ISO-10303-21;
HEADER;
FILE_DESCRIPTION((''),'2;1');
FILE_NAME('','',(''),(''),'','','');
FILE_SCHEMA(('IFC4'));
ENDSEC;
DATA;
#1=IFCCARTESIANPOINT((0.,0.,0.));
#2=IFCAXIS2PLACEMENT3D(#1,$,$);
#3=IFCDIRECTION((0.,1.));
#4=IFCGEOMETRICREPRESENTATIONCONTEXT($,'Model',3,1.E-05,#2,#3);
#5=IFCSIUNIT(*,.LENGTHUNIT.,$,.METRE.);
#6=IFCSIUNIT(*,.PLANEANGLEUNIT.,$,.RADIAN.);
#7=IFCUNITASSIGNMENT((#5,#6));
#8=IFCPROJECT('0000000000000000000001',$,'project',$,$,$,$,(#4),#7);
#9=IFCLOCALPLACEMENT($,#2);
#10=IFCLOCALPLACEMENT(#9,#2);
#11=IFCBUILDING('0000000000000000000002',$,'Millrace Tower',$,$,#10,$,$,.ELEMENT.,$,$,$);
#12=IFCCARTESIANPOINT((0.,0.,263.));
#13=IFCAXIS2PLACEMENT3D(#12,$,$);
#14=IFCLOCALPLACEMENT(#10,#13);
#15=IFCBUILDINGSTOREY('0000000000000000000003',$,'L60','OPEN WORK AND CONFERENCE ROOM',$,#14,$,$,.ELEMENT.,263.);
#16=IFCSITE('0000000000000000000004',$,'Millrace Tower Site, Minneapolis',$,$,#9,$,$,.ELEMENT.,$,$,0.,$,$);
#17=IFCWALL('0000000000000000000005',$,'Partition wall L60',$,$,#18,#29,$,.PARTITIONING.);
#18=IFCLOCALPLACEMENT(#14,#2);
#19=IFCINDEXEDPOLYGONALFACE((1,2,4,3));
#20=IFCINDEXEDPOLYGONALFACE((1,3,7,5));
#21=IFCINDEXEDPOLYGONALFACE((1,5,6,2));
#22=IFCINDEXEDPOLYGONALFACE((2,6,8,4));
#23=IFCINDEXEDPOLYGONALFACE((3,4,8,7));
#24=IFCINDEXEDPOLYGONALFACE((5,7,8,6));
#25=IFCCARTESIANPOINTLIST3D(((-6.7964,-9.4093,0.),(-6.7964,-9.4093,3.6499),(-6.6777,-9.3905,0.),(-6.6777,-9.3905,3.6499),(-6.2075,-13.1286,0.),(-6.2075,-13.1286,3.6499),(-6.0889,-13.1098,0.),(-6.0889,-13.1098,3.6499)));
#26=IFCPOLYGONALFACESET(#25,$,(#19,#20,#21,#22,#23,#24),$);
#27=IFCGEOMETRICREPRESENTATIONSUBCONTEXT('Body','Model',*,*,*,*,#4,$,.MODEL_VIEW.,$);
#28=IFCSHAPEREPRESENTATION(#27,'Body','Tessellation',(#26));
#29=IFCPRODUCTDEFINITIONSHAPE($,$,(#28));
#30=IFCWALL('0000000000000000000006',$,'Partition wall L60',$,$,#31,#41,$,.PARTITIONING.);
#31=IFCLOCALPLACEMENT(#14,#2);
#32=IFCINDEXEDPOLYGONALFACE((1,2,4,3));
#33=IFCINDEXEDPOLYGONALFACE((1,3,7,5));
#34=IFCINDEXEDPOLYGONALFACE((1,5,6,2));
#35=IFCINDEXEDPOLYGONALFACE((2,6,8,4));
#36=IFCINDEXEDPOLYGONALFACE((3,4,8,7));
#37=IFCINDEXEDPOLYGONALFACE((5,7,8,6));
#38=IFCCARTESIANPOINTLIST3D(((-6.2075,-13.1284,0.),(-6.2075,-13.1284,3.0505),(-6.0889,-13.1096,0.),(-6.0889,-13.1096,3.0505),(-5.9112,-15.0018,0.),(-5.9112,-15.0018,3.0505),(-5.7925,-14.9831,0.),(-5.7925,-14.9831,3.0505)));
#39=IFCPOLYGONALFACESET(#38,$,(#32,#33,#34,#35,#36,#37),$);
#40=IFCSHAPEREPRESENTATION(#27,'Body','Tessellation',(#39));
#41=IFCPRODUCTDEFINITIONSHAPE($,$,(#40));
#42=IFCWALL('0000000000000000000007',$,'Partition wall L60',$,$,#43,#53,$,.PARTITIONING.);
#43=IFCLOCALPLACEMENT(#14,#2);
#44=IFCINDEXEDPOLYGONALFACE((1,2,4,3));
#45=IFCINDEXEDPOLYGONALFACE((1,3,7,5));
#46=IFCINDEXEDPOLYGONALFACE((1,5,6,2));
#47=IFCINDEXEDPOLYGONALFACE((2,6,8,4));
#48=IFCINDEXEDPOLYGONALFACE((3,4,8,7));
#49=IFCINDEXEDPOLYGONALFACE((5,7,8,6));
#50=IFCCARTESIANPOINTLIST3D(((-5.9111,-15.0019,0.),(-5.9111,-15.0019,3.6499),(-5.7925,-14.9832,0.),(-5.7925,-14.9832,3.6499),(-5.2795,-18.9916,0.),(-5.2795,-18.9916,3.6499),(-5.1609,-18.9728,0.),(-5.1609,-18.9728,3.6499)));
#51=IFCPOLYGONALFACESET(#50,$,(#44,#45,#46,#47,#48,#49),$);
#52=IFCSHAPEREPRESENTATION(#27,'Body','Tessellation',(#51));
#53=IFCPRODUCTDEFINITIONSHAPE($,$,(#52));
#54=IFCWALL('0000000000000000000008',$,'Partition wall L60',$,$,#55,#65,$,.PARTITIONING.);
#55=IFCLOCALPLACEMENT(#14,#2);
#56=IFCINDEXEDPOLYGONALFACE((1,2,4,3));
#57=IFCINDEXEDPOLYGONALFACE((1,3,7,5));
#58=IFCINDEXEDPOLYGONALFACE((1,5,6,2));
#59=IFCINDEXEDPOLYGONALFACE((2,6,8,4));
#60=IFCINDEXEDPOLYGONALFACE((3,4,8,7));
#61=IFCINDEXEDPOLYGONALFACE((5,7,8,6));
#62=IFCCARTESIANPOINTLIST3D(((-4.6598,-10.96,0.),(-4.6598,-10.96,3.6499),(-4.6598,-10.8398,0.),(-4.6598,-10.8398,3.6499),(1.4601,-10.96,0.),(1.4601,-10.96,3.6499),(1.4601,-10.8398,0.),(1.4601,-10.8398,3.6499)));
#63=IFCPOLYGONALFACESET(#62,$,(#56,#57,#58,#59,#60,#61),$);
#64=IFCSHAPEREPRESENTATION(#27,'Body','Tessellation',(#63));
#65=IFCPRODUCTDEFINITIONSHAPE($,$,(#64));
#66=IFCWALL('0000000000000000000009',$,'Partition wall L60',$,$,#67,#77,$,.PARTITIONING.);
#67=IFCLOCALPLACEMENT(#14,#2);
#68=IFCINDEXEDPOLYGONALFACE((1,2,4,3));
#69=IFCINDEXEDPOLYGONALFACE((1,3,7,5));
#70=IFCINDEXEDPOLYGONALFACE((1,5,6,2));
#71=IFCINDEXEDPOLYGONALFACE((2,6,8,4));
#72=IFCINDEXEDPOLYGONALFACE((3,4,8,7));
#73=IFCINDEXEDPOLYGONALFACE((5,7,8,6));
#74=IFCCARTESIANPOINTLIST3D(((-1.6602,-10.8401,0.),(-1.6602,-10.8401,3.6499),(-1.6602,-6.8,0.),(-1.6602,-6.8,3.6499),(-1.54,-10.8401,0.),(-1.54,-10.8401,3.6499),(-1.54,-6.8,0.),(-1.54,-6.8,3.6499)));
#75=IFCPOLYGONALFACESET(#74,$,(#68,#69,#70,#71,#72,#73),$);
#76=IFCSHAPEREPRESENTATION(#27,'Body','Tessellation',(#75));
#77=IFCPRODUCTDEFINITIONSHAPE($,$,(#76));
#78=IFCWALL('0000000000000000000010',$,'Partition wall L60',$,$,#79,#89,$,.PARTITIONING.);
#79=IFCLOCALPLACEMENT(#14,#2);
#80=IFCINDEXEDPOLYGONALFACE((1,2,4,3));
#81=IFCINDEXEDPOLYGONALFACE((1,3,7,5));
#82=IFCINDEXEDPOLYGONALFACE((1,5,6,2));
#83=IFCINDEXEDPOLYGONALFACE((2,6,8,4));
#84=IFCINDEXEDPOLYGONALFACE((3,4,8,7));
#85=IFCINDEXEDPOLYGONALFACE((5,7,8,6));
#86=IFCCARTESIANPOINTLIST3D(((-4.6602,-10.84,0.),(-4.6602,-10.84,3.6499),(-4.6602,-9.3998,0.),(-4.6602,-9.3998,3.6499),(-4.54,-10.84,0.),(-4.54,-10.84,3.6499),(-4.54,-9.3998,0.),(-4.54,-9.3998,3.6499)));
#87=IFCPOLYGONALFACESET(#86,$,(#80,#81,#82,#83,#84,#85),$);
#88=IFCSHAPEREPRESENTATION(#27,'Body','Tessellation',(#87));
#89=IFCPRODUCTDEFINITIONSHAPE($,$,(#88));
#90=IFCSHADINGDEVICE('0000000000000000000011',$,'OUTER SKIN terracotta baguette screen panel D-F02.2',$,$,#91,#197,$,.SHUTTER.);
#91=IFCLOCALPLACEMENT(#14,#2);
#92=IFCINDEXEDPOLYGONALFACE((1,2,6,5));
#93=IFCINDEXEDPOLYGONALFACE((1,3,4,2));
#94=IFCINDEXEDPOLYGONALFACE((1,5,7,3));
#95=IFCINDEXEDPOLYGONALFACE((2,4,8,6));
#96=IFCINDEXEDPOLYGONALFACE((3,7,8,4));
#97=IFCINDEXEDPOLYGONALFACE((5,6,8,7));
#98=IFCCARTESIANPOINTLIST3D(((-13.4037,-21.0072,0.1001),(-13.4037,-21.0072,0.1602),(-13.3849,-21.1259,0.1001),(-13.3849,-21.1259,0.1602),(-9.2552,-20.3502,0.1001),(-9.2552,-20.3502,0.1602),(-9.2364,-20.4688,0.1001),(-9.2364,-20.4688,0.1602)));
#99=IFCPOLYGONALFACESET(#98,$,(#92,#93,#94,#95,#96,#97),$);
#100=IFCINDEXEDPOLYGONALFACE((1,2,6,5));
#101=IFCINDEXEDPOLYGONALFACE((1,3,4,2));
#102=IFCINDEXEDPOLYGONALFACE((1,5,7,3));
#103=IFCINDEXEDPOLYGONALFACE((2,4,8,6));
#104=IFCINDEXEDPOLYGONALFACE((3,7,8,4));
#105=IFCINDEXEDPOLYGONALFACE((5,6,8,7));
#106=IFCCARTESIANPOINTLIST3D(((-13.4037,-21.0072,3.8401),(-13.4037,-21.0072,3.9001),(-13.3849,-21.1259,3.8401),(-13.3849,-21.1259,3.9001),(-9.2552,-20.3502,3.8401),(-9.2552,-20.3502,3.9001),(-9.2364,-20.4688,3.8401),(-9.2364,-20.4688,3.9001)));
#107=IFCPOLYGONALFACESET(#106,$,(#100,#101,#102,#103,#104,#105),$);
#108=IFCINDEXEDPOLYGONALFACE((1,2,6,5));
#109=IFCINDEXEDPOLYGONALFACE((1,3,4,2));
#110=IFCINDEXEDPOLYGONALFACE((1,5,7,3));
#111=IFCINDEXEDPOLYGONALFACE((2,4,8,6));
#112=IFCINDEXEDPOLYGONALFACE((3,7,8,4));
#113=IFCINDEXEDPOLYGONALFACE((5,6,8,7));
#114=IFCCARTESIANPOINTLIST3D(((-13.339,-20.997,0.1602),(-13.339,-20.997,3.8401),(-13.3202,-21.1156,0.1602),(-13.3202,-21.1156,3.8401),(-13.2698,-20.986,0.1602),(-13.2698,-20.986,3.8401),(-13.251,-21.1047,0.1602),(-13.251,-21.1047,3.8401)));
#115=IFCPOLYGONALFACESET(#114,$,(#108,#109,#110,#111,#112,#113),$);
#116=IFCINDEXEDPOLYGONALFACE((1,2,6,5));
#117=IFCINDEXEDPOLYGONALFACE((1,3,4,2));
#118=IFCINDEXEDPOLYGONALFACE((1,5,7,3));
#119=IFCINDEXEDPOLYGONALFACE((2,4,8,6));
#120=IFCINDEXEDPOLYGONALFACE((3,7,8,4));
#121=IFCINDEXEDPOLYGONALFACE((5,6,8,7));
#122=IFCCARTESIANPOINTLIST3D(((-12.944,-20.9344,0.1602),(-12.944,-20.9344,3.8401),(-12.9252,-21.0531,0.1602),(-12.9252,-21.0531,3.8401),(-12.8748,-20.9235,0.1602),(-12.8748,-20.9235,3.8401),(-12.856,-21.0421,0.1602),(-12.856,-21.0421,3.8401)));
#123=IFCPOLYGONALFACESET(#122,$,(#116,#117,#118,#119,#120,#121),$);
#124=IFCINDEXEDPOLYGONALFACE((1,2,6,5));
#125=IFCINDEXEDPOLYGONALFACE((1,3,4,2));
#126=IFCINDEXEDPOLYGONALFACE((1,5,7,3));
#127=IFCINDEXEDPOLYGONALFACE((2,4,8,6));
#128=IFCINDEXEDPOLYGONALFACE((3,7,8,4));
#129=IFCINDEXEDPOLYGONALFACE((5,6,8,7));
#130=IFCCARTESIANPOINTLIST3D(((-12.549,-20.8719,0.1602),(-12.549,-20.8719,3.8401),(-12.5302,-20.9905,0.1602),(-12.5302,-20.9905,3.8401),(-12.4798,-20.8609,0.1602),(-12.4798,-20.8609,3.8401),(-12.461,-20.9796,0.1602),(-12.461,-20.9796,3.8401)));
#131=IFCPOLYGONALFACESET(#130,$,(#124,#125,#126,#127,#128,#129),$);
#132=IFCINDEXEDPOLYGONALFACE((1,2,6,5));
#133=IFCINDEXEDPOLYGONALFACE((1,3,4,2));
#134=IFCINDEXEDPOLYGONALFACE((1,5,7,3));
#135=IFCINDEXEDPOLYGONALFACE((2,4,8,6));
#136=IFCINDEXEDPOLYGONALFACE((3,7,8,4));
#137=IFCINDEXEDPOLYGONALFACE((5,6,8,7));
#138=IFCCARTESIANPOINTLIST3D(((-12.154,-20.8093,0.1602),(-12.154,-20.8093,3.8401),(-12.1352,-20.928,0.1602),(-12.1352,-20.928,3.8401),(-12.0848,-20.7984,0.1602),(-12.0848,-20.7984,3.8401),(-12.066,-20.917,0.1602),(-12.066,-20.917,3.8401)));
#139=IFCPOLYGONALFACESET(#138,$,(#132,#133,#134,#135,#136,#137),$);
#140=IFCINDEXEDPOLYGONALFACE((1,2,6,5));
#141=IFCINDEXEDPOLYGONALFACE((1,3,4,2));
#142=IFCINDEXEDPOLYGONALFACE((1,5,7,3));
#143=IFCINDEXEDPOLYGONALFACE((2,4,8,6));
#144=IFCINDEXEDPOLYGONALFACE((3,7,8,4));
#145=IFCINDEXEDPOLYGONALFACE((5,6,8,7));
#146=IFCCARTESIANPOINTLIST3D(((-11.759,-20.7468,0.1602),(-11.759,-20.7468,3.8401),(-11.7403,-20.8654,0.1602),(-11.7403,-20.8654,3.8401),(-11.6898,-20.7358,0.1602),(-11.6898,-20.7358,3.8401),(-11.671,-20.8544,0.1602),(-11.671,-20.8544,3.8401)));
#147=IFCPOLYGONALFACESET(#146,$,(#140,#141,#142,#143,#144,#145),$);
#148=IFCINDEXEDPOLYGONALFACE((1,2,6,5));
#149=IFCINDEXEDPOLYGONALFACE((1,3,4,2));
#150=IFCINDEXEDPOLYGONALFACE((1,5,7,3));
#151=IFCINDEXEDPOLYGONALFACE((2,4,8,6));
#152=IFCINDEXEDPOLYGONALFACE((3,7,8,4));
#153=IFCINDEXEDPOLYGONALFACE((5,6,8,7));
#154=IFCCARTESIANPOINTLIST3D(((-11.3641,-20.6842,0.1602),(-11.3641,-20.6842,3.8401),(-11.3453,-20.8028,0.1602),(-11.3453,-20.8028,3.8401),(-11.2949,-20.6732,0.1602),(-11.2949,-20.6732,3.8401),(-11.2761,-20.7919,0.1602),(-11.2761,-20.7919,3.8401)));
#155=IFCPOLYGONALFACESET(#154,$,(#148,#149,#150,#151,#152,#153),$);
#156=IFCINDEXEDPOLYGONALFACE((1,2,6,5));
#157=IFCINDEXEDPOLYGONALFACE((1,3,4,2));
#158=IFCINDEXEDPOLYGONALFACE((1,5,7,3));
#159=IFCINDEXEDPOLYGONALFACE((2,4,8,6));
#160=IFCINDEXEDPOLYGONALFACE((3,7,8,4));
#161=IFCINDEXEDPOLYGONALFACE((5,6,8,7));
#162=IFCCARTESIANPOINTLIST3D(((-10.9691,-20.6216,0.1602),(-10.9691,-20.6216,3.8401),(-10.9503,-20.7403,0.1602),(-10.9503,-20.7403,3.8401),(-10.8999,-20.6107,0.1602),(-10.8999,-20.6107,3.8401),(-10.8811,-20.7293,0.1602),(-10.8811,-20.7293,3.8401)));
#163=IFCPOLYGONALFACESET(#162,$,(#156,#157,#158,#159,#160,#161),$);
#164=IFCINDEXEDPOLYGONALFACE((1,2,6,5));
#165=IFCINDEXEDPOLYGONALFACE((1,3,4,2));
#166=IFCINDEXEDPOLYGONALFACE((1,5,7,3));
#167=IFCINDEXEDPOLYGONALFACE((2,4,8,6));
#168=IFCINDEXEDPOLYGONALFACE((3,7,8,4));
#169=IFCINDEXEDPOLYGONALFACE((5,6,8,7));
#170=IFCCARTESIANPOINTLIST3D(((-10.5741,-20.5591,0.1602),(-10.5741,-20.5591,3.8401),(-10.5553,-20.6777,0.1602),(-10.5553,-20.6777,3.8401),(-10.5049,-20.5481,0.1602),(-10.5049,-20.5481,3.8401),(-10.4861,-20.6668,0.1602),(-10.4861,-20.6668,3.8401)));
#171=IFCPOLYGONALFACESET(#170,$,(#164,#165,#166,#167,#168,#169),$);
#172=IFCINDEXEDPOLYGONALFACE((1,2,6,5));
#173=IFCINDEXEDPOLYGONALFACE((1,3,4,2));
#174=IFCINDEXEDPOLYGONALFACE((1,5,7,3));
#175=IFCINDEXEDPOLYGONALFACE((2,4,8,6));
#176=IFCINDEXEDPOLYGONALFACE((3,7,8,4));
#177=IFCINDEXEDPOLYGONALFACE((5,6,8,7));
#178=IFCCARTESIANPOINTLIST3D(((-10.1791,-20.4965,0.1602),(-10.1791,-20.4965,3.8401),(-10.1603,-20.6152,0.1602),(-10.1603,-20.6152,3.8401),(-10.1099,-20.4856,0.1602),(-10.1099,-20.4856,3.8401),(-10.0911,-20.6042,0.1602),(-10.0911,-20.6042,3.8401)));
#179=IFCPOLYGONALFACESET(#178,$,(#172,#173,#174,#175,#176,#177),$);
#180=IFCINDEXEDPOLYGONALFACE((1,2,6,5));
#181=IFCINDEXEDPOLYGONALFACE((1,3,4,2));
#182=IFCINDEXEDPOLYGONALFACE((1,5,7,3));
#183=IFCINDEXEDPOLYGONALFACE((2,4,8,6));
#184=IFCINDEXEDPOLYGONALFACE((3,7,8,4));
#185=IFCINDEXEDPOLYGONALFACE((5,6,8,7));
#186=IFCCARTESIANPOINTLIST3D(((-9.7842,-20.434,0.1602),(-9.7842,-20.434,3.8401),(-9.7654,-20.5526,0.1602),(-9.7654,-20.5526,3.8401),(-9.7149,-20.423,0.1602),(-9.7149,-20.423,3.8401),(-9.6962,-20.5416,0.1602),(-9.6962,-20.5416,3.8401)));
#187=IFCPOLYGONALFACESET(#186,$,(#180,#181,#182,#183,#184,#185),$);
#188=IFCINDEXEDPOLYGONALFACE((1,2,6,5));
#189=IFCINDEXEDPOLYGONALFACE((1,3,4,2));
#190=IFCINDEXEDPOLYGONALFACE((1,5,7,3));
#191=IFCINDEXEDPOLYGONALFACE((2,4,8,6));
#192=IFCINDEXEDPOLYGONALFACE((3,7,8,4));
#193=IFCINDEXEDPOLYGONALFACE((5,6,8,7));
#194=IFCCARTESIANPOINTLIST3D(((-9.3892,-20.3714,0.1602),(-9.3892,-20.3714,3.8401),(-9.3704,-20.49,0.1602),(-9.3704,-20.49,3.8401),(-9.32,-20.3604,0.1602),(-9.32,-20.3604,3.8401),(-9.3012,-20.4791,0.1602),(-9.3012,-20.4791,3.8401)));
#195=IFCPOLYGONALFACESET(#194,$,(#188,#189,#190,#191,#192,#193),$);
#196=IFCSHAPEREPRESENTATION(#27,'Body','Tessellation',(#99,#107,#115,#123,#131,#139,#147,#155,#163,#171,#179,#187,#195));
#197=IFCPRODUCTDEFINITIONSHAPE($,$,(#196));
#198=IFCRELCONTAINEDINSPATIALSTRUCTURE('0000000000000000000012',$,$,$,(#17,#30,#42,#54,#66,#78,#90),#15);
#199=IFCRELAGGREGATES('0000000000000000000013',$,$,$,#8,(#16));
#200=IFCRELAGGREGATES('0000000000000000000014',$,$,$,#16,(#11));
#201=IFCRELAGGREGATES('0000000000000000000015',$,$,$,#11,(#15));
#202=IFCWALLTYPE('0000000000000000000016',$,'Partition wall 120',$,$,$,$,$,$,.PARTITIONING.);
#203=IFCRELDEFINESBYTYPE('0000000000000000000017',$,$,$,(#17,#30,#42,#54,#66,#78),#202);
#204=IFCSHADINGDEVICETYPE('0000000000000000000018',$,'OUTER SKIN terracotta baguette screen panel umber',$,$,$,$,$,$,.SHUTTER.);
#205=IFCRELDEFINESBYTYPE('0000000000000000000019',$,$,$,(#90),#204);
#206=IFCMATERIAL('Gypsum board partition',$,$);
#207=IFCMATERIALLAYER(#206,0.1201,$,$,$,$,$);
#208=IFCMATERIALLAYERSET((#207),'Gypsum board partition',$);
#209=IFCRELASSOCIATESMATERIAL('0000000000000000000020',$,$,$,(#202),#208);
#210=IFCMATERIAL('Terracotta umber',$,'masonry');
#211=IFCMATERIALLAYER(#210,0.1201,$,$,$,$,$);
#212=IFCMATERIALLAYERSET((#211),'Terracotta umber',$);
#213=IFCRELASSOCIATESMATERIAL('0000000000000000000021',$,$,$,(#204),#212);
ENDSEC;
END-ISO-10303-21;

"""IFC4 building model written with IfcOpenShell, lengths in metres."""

from ifc_helpers import new_model, entity, si_unit, direction, frame, frame_2d, origin, origin_2d, place, context, subcontext, project, spatial, rectangle, extrude, source, transform, mapped, material, layer, layer_set, type_object, element, save


model = new_model("IFC4")

# Units and contexts
model_context = context("Model", 3, precision=1e-05, world=origin(), true_north=direction((0.0, 1.0)))
body_context = subcontext(model_context, "Body", "Model", "MODEL_VIEW")
ifc_project = project(units=[si_unit("LENGTHUNIT", "METRE"), si_unit("PLANEANGLEUNIT", "RADIAN")], contexts=[model_context])

# Site, building, storey
site_placement = place(None, origin())
site = spatial("IfcSite", under=ifc_project, at=site_placement, Name="Millrace Tower Site, Minneapolis", CompositionType="ELEMENT", RefElevation=0.0)
building_placement = place(site_placement, origin())
building = spatial("IfcBuilding", under=site, at=building_placement, Name="Millrace Tower", CompositionType="ELEMENT")
storey_placement = place(building_placement, frame((0.0, 0.0, 263.0)))
storey = spatial("IfcBuildingStorey", under=building, at=storey_placement, Name="L60", Description="OPEN WORK AND CONFERENCE ROOM", CompositionType="ELEMENT", Elevation=263.0)

# Walls
ifc_material_1 = material(Name="Gypsum board partition")
ifc_layer_1 = layer(ifc_material_1, 0.1201)
ifc_layer_set_1 = layer_set([ifc_layer_1], Name="Gypsum board partition")
wall_type_1 = type_object("IfcWallType", Name="Partition wall 120", PredefinedType="PARTITIONING", material=ifc_layer_set_1)
wall_1_placement = place(storey_placement, frame((-6.7371, -9.3999, 0.0), z_axis=(0.0, 0.0, 1.0), x_axis=(0.156382, -0.987697, 0.0)))
element("IfcWall", 1, at=wall_1_placement, inside=storey, type_object=wall_type_1, Name="Partition wall L60", PredefinedType="PARTITIONING", context=body_context, shape_type="SweptSolid", body=[
    extrude(rectangle(XDim=3.7656, YDim=0.1201, at=frame_2d((1.8828, 0.0))), origin(), (0.0, 0.0, 1.0), 3.6499),
])
wall_2_placement = place(storey_placement, frame((-6.1482, -13.1191, 0.0), z_axis=(0.0, 0.0, 1.0), x_axis=(0.156253, -0.987717, 0.0)))
element("IfcWall", 2, at=wall_2_placement, inside=storey, type_object=wall_type_1, Name="Partition wall L60", PredefinedType="PARTITIONING", context=body_context, shape_type="SweptSolid", body=[
    extrude(rectangle(XDim=1.8967, YDim=0.1201, at=frame_2d((0.9482, 0.0))), origin(), (0.0, 0.0, 1.0), 3.0505),
])
wall_3_placement = place(storey_placement, frame((-5.8518, -14.9927, 0.0), z_axis=(0.0, 0.0, 1.0), x_axis=(0.156366, -0.987699, 0.0)))
element("IfcWall", 3, at=wall_3_placement, inside=storey, type_object=wall_type_1, Name="Partition wall L60", PredefinedType="PARTITIONING", context=body_context, shape_type="SweptSolid", body=[
    extrude(rectangle(XDim=4.0393, YDim=0.1201, at=frame_2d((2.0195, 0.0))), origin(), (0.0, 0.0, 1.0), 3.6499),
])
wall_4_placement = place(storey_placement, frame((-4.6599, -10.8999, 0.0), z_axis=(0.0, 0.0, 1.0), x_axis=(1.0, 0.0, 0.0)))
element("IfcWall", 4, at=wall_4_placement, inside=storey, type_object=wall_type_1, Name="Partition wall L60", PredefinedType="PARTITIONING", context=body_context, shape_type="SweptSolid", body=[
    extrude(rectangle(XDim=6.1199, YDim=0.1201, at=frame_2d((3.0601, 0.0))), origin(), (0.0, 0.0, 1.0), 3.6499),
])
wall_5_placement = place(storey_placement, frame((-1.6001, -10.8401, 0.0), z_axis=(0.0, 0.0, 1.0), x_axis=(0.0, 1.0, 0.0)))
element("IfcWall", 5, at=wall_5_placement, inside=storey, type_object=wall_type_1, Name="Partition wall L60", PredefinedType="PARTITIONING", context=body_context, shape_type="SweptSolid", body=[
    extrude(rectangle(XDim=4.04, YDim=0.1201, at=frame_2d((2.02, 0.0))), origin(), (0.0, 0.0, 1.0), 3.6499),
])
wall_6_placement = place(storey_placement, frame((-4.6001, -10.8401, 0.0), z_axis=(0.0, 0.0, 1.0), x_axis=(0.0, 1.0, 0.0)))
element("IfcWall", 6, at=wall_6_placement, inside=storey, type_object=wall_type_1, Name="Partition wall L60", PredefinedType="PARTITIONING", context=body_context, shape_type="SweptSolid", body=[
    extrude(rectangle(XDim=1.4402, YDim=0.1201, at=frame_2d((0.7202, 0.0))), origin(), (0.0, 0.0, 1.0), 3.6499),
])

# Shading device
ifc_material_2 = material(Name="Terracotta umber", Category="masonry")
ifc_layer_2 = layer(ifc_material_2, 0.1201)
ifc_layer_set_2 = layer_set([ifc_layer_2], Name="Terracotta umber")
shading_device_type = type_object("IfcShadingDeviceType", Name="OUTER SKIN terracotta baguette screen panel umber", PredefinedType="SHUTTER", material=ifc_layer_set_2)
cartesian_point = entity("IfcCartesianPoint", [-2.1001, 0.0601])
shared_polyline = entity("IfcPolyline", [cartesian_point, entity("IfcCartesianPoint", [2.1001, 0.0601]), entity("IfcCartesianPoint", [2.1001, -0.0601]), entity("IfcCartesianPoint", [-2.1001, -0.0601]), cartesian_point])
shared_shape = source(origin(), body_context, "Body", "SweptSolid", [
    entity("IfcExtrudedAreaSolid", entity("IfcArbitraryClosedProfileDef", "AREA", None, shared_polyline), entity("IfcAxis2Placement3D", entity("IfcCartesianPoint", [0.0, 0.0, 0.0])), entity("IfcDirection", [0.0, 0.0, 1.0]), 0.0601),
    entity("IfcExtrudedAreaSolid", entity("IfcArbitraryClosedProfileDef", "AREA", None, shared_polyline), entity("IfcAxis2Placement3D", entity("IfcCartesianPoint", [0.0, 0.0, 3.74])), entity("IfcDirection", [0.0, 0.0, 1.0]), 0.0601),
    extrude(rectangle(XDim=0.0701, YDim=0.1201, at=frame_2d((-1.9995, 0.0))), frame((0.0, 0.0, 0.0601)), (0.0, 0.0, 1.0), 3.6799),
    extrude(rectangle(XDim=0.0701, YDim=0.1201, at=frame_2d((-1.5996, 0.0))), frame((0.0, 0.0, 0.0601)), (0.0, 0.0, 1.0), 3.6799),
    extrude(rectangle(XDim=0.0701, YDim=0.1201, at=frame_2d((-1.1997, 0.0))), frame((0.0, 0.0, 0.0601)), (0.0, 0.0, 1.0), 3.6799),
    extrude(rectangle(XDim=0.0701, YDim=0.1201, at=frame_2d((-0.7998, 0.0))), frame((0.0, 0.0, 0.0601)), (0.0, 0.0, 1.0), 3.6799),
    extrude(rectangle(XDim=0.0701, YDim=0.1201, at=frame_2d((-0.3999, 0.0))), frame((0.0, 0.0, 0.0601)), (0.0, 0.0, 1.0), 3.6799),
    extrude(rectangle(XDim=0.0701, YDim=0.1201, at=origin_2d()), frame((0.0, 0.0, 0.0601)), (0.0, 0.0, 1.0), 3.6799),
    extrude(rectangle(XDim=0.0701, YDim=0.1201, at=frame_2d((0.3999, 0.0))), frame((0.0, 0.0, 0.0601)), (0.0, 0.0, 1.0), 3.6799),
    extrude(rectangle(XDim=0.0701, YDim=0.1201, at=frame_2d((0.7998, 0.0))), frame((0.0, 0.0, 0.0601)), (0.0, 0.0, 1.0), 3.6799),
    extrude(rectangle(XDim=0.0701, YDim=0.1201, at=frame_2d((1.1997, 0.0))), frame((0.0, 0.0, 0.0601)), (0.0, 0.0, 1.0), 3.6799),
    extrude(rectangle(XDim=0.0701, YDim=0.1201, at=frame_2d((1.5996, 0.0))), frame((0.0, 0.0, 0.0601)), (0.0, 0.0, 1.0), 3.6799),
    extrude(rectangle(XDim=0.0701, YDim=0.1201, at=frame_2d((1.9995, 0.0))), frame((0.0, 0.0, 0.0601)), (0.0, 0.0, 1.0), 3.6799),
])
for number, where, z_axis, x_axis, name in (
    (7, (-11.3201, -20.738, 0.1001), (0.0, 0.0, 1.0), (0.987688, 0.156434, 0.0), "OUTER SKIN terracotta baguette screen panel D-F02.2"),
):
    element("IfcShadingDevice", number, at=place(storey_placement, frame(where, z_axis=z_axis, x_axis=x_axis)), inside=storey, type_object=shading_device_type, Name=name, PredefinedType="SHUTTER", context=body_context, shape_type="MappedRepresentation", body=[
        mapped(shared_shape, transform((0.0, 0.0, 0.0), scale=1.0)),
    ])

save(model, "model.ifc")
